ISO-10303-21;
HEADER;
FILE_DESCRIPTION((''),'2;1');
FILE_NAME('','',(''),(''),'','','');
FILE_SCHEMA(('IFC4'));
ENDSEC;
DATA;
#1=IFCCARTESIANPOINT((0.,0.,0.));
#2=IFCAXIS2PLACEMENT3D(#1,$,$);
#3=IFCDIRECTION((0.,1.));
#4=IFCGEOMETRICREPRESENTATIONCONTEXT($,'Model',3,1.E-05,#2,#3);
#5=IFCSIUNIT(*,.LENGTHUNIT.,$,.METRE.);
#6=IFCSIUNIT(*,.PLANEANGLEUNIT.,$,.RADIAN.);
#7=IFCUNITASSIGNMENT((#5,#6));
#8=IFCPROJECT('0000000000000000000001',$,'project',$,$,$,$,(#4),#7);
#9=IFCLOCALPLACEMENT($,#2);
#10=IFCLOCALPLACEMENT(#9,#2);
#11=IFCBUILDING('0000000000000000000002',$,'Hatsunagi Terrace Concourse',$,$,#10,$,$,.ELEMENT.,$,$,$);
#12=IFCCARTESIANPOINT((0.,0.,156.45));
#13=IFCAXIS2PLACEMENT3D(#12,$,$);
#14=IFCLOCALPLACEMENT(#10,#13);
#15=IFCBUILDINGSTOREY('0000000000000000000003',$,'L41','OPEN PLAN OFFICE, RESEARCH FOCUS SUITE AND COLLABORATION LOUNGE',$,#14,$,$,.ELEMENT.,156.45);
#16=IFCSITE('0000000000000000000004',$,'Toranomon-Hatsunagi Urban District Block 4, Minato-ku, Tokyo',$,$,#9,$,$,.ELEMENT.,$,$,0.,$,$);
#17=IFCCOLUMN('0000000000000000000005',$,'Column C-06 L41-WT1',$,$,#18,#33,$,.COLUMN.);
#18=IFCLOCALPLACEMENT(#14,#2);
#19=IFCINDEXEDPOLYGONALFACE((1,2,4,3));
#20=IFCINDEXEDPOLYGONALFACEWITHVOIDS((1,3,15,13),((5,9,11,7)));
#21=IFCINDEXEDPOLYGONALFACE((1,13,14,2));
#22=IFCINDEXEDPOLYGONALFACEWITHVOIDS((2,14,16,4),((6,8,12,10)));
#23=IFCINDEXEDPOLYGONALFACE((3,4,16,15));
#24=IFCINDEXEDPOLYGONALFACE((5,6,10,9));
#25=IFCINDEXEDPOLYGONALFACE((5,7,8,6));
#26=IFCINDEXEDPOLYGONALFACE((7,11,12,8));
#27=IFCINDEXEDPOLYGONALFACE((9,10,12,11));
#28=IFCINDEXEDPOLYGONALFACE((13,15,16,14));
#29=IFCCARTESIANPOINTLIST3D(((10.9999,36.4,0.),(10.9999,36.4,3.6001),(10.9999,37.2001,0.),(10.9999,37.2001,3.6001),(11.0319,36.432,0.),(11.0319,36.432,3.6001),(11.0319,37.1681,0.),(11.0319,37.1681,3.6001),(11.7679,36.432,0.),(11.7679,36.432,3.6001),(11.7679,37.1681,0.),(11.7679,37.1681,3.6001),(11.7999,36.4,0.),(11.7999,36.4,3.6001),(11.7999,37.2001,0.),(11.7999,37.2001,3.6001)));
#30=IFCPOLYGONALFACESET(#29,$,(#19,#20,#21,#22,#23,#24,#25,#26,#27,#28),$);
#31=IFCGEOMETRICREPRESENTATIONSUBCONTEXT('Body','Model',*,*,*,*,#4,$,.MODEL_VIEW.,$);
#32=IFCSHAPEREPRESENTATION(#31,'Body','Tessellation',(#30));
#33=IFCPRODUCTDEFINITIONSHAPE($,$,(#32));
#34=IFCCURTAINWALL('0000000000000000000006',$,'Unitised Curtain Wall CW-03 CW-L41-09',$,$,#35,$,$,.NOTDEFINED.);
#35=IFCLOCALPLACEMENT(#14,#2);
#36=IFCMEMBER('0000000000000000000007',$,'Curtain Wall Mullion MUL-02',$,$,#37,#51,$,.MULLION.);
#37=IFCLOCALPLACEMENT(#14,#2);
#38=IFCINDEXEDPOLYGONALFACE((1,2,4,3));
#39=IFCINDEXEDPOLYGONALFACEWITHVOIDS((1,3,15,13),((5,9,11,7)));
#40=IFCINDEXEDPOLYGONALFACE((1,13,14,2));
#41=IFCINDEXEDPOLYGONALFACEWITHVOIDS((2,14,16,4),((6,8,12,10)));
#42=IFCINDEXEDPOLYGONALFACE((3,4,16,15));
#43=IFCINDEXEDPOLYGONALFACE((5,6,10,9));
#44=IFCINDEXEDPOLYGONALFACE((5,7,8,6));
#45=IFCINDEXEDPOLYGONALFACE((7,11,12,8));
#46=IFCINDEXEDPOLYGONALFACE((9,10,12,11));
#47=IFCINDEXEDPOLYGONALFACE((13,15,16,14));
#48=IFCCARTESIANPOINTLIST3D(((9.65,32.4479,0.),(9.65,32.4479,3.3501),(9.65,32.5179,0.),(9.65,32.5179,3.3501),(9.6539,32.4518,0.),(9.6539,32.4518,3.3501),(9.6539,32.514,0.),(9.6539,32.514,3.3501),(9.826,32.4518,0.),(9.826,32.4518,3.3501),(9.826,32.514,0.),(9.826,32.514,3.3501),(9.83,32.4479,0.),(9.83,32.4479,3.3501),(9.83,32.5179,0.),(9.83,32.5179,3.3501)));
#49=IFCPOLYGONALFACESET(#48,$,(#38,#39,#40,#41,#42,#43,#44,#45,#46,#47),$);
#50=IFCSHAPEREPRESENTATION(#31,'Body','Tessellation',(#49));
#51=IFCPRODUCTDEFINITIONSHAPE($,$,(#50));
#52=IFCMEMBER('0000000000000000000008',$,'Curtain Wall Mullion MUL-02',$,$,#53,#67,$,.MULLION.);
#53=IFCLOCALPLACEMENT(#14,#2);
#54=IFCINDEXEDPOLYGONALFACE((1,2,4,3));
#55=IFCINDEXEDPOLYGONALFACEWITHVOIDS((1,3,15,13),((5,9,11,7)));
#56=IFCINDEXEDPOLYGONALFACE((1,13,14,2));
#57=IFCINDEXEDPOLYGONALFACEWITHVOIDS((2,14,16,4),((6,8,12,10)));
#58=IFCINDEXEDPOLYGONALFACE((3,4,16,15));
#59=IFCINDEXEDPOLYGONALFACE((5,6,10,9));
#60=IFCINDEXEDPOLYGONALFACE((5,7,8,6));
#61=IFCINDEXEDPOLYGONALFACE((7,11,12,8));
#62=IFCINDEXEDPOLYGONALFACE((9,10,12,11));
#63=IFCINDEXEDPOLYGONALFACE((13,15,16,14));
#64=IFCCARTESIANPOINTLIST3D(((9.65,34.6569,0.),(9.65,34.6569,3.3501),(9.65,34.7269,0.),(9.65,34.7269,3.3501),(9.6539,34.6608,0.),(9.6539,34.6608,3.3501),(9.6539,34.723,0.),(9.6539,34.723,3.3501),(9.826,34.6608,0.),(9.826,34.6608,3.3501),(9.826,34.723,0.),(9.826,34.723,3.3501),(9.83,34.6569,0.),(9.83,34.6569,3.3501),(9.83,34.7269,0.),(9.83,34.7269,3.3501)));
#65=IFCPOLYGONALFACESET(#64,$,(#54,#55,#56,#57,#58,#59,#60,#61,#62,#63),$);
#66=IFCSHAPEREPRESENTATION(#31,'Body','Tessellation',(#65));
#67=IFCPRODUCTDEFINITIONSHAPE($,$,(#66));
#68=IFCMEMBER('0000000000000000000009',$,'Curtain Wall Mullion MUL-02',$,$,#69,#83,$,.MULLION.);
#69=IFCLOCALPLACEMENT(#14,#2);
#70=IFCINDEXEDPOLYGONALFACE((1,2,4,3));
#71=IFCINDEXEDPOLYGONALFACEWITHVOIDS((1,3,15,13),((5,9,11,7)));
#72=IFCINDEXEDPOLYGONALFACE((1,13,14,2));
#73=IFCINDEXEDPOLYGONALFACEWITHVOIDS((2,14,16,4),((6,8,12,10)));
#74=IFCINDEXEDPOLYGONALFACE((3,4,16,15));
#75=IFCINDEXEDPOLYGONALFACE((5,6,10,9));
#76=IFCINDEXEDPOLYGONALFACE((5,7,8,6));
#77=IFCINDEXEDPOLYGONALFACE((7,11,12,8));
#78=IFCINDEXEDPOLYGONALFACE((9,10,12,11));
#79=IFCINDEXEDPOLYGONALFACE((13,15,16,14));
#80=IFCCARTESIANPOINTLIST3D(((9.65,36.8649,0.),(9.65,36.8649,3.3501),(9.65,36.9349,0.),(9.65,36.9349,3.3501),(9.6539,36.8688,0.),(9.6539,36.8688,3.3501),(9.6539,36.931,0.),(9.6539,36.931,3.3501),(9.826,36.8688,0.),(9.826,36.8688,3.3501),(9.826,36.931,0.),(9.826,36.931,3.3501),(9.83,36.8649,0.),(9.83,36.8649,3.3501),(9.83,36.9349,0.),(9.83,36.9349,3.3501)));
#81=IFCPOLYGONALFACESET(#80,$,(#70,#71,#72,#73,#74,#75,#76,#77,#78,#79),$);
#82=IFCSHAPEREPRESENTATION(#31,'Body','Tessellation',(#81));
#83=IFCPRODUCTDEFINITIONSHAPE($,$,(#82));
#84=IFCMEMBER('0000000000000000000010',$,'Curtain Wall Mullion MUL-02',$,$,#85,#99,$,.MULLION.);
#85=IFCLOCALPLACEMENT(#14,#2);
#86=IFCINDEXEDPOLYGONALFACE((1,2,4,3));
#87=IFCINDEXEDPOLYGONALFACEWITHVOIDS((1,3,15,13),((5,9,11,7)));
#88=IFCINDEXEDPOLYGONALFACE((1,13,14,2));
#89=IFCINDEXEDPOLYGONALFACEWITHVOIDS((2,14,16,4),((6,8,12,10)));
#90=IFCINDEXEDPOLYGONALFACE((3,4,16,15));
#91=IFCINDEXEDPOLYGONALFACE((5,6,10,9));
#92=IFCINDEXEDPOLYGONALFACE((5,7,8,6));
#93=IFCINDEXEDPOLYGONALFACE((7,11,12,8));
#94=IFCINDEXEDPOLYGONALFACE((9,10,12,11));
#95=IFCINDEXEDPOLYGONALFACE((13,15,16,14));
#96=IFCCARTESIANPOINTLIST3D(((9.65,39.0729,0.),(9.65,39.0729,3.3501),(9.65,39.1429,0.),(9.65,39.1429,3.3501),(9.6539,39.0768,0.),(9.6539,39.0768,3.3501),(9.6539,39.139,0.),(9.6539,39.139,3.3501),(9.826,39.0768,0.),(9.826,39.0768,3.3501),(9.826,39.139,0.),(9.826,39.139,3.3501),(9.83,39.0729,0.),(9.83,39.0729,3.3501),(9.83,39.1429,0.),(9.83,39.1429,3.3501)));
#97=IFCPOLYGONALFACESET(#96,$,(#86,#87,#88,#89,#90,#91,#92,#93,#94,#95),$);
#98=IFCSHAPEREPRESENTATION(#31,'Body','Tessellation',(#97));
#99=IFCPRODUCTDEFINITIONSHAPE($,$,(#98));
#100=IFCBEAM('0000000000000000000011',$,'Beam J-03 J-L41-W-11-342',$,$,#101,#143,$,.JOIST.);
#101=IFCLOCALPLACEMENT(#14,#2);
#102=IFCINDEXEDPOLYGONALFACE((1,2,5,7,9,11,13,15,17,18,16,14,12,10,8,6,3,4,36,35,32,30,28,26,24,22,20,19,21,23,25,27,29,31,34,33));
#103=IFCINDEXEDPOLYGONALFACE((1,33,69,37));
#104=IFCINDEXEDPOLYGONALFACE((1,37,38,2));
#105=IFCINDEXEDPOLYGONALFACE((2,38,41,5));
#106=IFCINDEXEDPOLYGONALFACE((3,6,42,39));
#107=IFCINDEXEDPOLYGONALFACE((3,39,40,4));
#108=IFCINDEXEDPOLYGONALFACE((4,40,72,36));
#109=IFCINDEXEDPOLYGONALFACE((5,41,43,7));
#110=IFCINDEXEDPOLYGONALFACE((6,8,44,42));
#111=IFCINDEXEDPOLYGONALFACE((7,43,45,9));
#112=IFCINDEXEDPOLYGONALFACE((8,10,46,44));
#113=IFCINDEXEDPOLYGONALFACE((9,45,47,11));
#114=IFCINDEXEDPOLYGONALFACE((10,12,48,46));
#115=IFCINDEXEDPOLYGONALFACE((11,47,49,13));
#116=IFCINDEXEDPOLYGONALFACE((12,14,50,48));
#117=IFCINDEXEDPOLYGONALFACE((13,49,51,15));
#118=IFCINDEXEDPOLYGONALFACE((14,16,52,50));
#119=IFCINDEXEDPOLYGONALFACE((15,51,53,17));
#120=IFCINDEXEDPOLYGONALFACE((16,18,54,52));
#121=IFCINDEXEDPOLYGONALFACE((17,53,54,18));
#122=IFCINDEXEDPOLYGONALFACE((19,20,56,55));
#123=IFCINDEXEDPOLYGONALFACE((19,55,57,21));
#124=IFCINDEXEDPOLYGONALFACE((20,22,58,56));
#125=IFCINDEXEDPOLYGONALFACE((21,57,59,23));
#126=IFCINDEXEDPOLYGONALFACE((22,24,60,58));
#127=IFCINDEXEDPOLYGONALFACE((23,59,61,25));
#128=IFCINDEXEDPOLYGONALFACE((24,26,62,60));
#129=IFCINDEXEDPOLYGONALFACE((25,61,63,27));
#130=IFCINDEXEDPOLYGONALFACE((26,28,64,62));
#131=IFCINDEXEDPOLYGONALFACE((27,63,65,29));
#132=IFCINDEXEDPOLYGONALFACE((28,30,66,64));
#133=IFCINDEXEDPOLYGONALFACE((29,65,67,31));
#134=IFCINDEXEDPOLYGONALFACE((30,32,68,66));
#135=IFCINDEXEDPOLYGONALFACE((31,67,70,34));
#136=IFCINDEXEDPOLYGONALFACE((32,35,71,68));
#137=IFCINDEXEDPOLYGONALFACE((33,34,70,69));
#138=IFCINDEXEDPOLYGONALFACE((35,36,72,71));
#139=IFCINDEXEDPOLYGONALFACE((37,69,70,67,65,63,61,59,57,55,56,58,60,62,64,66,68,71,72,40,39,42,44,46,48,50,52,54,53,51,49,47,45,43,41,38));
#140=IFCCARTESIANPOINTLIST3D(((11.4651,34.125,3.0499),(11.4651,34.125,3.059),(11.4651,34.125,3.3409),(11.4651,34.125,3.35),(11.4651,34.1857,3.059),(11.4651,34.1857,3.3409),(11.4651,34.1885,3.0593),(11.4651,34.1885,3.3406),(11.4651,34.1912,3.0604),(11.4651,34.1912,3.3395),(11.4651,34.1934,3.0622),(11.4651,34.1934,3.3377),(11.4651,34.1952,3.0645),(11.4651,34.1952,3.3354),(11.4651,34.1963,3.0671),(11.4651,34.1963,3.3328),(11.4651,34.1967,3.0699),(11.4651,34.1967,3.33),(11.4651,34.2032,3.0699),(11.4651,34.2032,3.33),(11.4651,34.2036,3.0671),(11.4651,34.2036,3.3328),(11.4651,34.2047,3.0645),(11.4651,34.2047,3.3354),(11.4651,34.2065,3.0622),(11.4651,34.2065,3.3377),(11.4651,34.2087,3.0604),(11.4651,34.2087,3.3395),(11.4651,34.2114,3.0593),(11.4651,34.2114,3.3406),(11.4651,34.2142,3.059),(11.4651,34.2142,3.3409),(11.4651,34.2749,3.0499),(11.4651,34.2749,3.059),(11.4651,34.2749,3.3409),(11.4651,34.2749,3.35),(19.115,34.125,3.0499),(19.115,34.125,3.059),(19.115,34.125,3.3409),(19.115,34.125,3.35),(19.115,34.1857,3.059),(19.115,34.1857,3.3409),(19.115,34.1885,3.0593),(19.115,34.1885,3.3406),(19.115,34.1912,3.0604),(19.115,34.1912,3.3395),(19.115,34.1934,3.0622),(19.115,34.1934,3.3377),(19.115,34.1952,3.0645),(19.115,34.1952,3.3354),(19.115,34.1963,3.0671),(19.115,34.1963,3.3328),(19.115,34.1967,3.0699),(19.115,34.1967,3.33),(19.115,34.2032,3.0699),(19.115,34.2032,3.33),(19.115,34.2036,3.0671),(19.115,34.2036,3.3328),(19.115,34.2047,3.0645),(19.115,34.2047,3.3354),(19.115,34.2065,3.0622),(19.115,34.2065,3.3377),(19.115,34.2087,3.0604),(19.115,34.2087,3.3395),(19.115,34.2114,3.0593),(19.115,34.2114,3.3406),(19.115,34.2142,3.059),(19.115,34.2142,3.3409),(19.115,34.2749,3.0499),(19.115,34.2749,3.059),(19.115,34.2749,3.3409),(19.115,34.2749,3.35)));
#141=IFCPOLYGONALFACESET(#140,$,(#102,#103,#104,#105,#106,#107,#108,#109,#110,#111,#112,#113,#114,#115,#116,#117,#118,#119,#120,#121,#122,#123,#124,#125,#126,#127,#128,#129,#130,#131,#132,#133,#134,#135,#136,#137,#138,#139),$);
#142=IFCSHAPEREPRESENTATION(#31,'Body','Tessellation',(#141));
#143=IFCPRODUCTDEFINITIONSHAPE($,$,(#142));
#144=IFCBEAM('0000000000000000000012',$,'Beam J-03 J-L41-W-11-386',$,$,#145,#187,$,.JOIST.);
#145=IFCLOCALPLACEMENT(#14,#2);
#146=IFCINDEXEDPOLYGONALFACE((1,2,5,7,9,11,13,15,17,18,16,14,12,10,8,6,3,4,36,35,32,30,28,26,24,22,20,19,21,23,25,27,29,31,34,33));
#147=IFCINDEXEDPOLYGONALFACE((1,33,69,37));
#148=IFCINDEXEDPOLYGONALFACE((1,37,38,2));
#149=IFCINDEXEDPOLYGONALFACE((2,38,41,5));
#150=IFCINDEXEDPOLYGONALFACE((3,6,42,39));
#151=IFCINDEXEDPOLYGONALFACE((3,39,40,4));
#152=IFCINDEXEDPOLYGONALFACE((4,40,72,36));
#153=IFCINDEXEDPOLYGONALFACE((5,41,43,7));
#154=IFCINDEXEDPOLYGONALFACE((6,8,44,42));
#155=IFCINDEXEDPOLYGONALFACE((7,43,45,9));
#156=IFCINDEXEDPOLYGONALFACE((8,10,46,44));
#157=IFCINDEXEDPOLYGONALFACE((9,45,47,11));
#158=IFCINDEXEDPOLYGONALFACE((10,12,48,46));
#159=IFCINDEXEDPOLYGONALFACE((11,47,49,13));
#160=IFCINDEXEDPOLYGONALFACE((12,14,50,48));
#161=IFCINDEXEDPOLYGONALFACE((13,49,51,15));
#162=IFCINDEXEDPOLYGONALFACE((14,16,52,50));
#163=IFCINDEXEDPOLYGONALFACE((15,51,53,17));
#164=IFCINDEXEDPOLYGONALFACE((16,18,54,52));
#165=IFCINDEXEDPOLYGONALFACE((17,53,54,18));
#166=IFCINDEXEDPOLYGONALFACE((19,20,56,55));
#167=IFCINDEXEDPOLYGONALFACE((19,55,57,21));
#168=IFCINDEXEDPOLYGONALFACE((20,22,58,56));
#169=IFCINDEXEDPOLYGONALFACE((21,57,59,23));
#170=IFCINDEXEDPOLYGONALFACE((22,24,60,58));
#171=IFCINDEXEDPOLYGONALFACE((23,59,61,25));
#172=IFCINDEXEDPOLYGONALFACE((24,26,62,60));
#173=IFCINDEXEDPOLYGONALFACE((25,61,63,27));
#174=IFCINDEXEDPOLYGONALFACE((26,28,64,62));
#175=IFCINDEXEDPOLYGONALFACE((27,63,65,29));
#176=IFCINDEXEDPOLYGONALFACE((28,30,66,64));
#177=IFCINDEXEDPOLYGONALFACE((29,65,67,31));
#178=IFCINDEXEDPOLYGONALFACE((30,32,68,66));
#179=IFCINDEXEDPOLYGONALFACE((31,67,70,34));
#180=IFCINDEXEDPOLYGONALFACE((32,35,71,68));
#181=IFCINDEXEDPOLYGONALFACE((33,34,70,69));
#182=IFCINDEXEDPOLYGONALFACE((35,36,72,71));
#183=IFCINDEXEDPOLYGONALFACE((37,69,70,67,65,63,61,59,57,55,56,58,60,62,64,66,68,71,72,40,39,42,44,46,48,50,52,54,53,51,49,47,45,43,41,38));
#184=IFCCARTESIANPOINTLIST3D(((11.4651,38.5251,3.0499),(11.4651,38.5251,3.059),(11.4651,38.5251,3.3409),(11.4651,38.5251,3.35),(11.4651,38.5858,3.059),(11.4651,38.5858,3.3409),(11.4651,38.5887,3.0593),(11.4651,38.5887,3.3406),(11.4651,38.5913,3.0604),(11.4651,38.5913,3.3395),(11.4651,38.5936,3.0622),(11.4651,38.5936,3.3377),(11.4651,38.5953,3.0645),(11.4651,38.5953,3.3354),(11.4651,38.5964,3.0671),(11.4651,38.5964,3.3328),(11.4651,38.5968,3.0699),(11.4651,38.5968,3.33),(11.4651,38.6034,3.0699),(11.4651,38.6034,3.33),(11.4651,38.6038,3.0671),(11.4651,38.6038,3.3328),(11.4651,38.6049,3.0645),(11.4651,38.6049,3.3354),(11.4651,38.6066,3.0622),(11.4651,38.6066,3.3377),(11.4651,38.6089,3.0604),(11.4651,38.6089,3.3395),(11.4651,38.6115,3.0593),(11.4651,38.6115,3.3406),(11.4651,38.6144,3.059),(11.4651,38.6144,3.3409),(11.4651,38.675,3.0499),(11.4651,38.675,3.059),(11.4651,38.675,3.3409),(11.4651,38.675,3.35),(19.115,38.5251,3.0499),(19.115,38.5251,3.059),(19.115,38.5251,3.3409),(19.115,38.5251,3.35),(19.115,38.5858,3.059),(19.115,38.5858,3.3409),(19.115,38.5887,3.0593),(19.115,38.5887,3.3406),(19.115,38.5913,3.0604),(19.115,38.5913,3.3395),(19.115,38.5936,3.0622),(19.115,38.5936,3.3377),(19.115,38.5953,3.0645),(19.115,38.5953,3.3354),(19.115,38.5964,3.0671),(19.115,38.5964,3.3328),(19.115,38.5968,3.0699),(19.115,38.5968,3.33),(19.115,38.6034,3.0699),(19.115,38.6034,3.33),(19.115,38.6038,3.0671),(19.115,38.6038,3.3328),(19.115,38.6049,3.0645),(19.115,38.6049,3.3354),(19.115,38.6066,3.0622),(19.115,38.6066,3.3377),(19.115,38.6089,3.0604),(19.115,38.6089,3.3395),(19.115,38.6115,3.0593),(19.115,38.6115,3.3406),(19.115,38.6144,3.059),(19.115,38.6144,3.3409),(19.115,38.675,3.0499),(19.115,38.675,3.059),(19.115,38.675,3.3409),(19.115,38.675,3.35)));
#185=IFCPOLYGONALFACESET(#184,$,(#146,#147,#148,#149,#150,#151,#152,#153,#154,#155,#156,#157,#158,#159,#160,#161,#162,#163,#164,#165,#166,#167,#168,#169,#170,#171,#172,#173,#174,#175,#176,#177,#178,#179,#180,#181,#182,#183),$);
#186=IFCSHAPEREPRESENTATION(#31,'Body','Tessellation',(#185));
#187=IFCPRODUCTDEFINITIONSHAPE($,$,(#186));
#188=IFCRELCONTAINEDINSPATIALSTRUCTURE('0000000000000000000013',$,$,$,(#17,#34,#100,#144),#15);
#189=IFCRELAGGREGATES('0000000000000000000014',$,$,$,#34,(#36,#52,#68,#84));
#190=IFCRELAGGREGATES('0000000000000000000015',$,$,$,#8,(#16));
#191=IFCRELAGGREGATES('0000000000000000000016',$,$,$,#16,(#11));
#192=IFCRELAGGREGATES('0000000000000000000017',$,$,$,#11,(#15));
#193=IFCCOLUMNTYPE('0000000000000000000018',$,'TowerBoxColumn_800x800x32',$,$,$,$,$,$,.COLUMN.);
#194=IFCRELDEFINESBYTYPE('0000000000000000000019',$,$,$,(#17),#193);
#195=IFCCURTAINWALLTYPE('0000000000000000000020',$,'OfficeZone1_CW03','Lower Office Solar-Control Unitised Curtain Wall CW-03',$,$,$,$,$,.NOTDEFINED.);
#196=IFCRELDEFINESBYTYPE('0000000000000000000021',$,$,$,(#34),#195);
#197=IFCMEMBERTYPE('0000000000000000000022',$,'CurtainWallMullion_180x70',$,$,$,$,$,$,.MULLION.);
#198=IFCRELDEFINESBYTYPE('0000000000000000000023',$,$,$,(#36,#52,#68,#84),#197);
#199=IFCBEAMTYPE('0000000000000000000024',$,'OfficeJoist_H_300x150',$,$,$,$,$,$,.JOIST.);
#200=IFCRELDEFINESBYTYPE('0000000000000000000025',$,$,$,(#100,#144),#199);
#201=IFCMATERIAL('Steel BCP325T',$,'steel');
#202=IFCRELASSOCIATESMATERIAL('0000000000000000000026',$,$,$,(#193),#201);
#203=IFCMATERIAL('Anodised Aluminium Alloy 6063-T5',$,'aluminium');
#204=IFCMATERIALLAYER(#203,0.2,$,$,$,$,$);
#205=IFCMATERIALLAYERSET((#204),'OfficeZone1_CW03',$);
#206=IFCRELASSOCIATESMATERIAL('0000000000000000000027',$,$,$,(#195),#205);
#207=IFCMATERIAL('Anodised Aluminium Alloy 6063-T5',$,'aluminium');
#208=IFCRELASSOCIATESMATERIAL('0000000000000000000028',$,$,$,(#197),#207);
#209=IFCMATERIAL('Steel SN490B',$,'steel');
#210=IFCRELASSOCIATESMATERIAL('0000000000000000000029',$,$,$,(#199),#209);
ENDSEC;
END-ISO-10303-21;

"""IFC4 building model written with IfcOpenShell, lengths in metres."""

from ifc_helpers import new_model, si_unit, direction, frame, origin, origin_2d, place, context, subcontext, project, spatial, hollow_rectangle, i_section, extrude, material, layer, layer_set, material_profile, profile_set, type_object, element, aggregate, save


model = new_model("IFC4")

# Units and contexts
model_context = context("Model", 3, precision=1e-05, world=origin(), true_north=direction((0.0, 1.0)))
body_context = subcontext(model_context, "Body", "Model", "MODEL_VIEW")
ifc_project = project(units=[si_unit("LENGTHUNIT", "METRE"), si_unit("PLANEANGLEUNIT", "RADIAN")], contexts=[model_context])

# Site, building, storey
site_placement = place(None, origin())
site = spatial("IfcSite", under=ifc_project, at=site_placement, Name="Toranomon-Hatsunagi Urban District Block 4, Minato-ku, Tokyo", CompositionType="ELEMENT", RefElevation=0.0)
building_placement = place(site_placement, origin())
building = spatial("IfcBuilding", under=site, at=building_placement, Name="Hatsunagi Terrace Concourse", CompositionType="ELEMENT")
storey_placement = place(building_placement, frame((0.0, 0.0, 156.45)))
storey = spatial("IfcBuildingStorey", under=building, at=storey_placement, Name="L41", Description="OPEN PLAN OFFICE, RESEARCH FOCUS SUITE AND COLLABORATION LOUNGE", CompositionType="ELEMENT", Elevation=156.45)

# Column
ifc_material_1 = material(Name="Steel BCP325T", Category="steel")
ifc_material_profile_1 = material_profile(ifc_material_1, hollow_rectangle(XDim=0.8, YDim=0.8, WallThickness=0.032, at=origin_2d()), Name="BCP-800x800x32")
ifc_profile_set_1 = profile_set([ifc_material_profile_1], Name="Steel BCP325T")
column_type = type_object("IfcColumnType", Name="TowerBoxColumn_800x800x32", PredefinedType="COLUMN", material=ifc_profile_set_1)
column_placement = place(storey_placement, frame((11.3999, 36.8, 0.0), z_axis=(0.0, 0.0, 1.0), x_axis=(1.0, 0.0, 0.0)))
element("IfcColumn", 1, at=column_placement, inside=storey, type_object=column_type, Name="Column C-06 L41-WT1", PredefinedType="COLUMN", context=body_context, shape_type="SweptSolid", body=[
    extrude(hollow_rectangle(XDim=0.8, YDim=0.8, WallThickness=0.032, at=origin_2d()), origin(), (0.0, 0.0, 1.0), 3.6001),
])

# Curtain wall, members
ifc_material_2 = material(Name="Anodised Aluminium Alloy 6063-T5", Category="aluminium")
ifc_layer_1 = layer(ifc_material_2, 0.2)
ifc_layer_set_1 = layer_set([ifc_layer_1], Name="OfficeZone1_CW03")
curtain_wall_type = type_object("IfcCurtainWallType", Name="OfficeZone1_CW03", Description="Lower Office Solar-Control Unitised Curtain Wall CW-03", PredefinedType="NOTDEFINED", material=ifc_layer_set_1)
curtain_wall_placement = place(storey_placement, origin())
curtain_wall = element("IfcCurtainWall", 2, at=curtain_wall_placement, inside=storey, type_object=curtain_wall_type, Name="Unitised Curtain Wall CW-03 CW-L41-09", PredefinedType="NOTDEFINED")
ifc_material_3 = material(Name="Anodised Aluminium Alloy 6063-T5", Category="aluminium")
ifc_material_profile_2 = material_profile(ifc_material_3, hollow_rectangle(XDim=0.0701, YDim=0.1799, WallThickness=0.0039, at=origin_2d()), Name="ALU-MUL-180x70x4")
ifc_profile_set_2 = profile_set([ifc_material_profile_2], Name="Anodised Aluminium Alloy 6063-T5")
member_type = type_object("IfcMemberType", Name="CurtainWallMullion_180x70", PredefinedType="MULLION", material=ifc_profile_set_2)
member_1_placement = place(storey_placement, frame((9.74, 32.4829, 0.0), z_axis=(0.0, 0.0, 1.0), x_axis=(0.0, 1.0, 0.0)))
member_1 = element("IfcMember", 3, at=member_1_placement, type_object=member_type, Name="Curtain Wall Mullion MUL-02", PredefinedType="MULLION", context=body_context, shape_type="SweptSolid", body=[
    extrude(hollow_rectangle(XDim=0.0701, YDim=0.1799, WallThickness=0.0039, at=origin_2d()), origin(), (0.0, 0.0, 1.0), 3.3501),
])
member_2_placement = place(storey_placement, frame((9.74, 34.6919, 0.0), z_axis=(0.0, 0.0, 1.0), x_axis=(0.0, 1.0, 0.0)))
member_2 = element("IfcMember", 4, at=member_2_placement, type_object=member_type, Name="Curtain Wall Mullion MUL-02", PredefinedType="MULLION", context=body_context, shape_type="SweptSolid", body=[
    extrude(hollow_rectangle(XDim=0.0701, YDim=0.1799, WallThickness=0.0039, at=origin_2d()), origin(), (0.0, 0.0, 1.0), 3.3501),
])
member_3_placement = place(storey_placement, frame((9.74, 36.8999, 0.0), z_axis=(0.0, 0.0, 1.0), x_axis=(0.0, 1.0, 0.0)))
member_3 = element("IfcMember", 5, at=member_3_placement, type_object=member_type, Name="Curtain Wall Mullion MUL-02", PredefinedType="MULLION", context=body_context, shape_type="SweptSolid", body=[
    extrude(hollow_rectangle(XDim=0.0701, YDim=0.1799, WallThickness=0.0039, at=origin_2d()), origin(), (0.0, 0.0, 1.0), 3.3501),
])
member_4_placement = place(storey_placement, frame((9.74, 39.1079, 0.0), z_axis=(0.0, 0.0, 1.0), x_axis=(0.0, 1.0, 0.0)))
member_4 = element("IfcMember", 6, at=member_4_placement, type_object=member_type, Name="Curtain Wall Mullion MUL-02", PredefinedType="MULLION", context=body_context, shape_type="SweptSolid", body=[
    extrude(hollow_rectangle(XDim=0.0701, YDim=0.1799, WallThickness=0.0039, at=origin_2d()), origin(), (0.0, 0.0, 1.0), 3.3501),
])

# Beams
ifc_material_4 = material(Name="Steel SN490B", Category="steel")
ifc_material_profile_3 = material_profile(ifc_material_4, i_section(OverallWidth=0.1499, OverallDepth=0.3, WebThickness=0.0066, FlangeThickness=0.009, FilletRadius=0.011, at=origin_2d()), Name="H-300x150x6.5x9")
ifc_profile_set_3 = profile_set([ifc_material_profile_3], Name="Steel SN490B")
beam_type_1 = type_object("IfcBeamType", Name="OfficeJoist_H_300x150", PredefinedType="JOIST", material=ifc_profile_set_3)
for number, where, z_axis, x_axis, name in (
    (7, (11.4651, 34.2, 3.2), (1.0, 0.0, 0.0), (0.0, 1.0, 0.0), "Beam J-03 J-L41-W-11-342"),
    (8, (11.4651, 38.6001, 3.2), (1.0, 0.0, 0.0), (0.0, 1.0, 0.0), "Beam J-03 J-L41-W-11-386"),
):
    element("IfcBeam", number, at=place(storey_placement, frame(where, z_axis=z_axis, x_axis=x_axis)), inside=storey, type_object=beam_type_1, Name=name, PredefinedType="JOIST", context=body_context, shape_type="SweptSolid", body=[
        extrude(i_section(OverallWidth=0.1499, OverallDepth=0.3, WebThickness=0.0066, FlangeThickness=0.009, FilletRadius=0.011, at=origin_2d()), origin(), (0.0, 0.0, 1.0), 7.6499),
    ])

aggregate(curtain_wall, [member_1, member_2, member_3, member_4])

save(model, "model.ifc")
